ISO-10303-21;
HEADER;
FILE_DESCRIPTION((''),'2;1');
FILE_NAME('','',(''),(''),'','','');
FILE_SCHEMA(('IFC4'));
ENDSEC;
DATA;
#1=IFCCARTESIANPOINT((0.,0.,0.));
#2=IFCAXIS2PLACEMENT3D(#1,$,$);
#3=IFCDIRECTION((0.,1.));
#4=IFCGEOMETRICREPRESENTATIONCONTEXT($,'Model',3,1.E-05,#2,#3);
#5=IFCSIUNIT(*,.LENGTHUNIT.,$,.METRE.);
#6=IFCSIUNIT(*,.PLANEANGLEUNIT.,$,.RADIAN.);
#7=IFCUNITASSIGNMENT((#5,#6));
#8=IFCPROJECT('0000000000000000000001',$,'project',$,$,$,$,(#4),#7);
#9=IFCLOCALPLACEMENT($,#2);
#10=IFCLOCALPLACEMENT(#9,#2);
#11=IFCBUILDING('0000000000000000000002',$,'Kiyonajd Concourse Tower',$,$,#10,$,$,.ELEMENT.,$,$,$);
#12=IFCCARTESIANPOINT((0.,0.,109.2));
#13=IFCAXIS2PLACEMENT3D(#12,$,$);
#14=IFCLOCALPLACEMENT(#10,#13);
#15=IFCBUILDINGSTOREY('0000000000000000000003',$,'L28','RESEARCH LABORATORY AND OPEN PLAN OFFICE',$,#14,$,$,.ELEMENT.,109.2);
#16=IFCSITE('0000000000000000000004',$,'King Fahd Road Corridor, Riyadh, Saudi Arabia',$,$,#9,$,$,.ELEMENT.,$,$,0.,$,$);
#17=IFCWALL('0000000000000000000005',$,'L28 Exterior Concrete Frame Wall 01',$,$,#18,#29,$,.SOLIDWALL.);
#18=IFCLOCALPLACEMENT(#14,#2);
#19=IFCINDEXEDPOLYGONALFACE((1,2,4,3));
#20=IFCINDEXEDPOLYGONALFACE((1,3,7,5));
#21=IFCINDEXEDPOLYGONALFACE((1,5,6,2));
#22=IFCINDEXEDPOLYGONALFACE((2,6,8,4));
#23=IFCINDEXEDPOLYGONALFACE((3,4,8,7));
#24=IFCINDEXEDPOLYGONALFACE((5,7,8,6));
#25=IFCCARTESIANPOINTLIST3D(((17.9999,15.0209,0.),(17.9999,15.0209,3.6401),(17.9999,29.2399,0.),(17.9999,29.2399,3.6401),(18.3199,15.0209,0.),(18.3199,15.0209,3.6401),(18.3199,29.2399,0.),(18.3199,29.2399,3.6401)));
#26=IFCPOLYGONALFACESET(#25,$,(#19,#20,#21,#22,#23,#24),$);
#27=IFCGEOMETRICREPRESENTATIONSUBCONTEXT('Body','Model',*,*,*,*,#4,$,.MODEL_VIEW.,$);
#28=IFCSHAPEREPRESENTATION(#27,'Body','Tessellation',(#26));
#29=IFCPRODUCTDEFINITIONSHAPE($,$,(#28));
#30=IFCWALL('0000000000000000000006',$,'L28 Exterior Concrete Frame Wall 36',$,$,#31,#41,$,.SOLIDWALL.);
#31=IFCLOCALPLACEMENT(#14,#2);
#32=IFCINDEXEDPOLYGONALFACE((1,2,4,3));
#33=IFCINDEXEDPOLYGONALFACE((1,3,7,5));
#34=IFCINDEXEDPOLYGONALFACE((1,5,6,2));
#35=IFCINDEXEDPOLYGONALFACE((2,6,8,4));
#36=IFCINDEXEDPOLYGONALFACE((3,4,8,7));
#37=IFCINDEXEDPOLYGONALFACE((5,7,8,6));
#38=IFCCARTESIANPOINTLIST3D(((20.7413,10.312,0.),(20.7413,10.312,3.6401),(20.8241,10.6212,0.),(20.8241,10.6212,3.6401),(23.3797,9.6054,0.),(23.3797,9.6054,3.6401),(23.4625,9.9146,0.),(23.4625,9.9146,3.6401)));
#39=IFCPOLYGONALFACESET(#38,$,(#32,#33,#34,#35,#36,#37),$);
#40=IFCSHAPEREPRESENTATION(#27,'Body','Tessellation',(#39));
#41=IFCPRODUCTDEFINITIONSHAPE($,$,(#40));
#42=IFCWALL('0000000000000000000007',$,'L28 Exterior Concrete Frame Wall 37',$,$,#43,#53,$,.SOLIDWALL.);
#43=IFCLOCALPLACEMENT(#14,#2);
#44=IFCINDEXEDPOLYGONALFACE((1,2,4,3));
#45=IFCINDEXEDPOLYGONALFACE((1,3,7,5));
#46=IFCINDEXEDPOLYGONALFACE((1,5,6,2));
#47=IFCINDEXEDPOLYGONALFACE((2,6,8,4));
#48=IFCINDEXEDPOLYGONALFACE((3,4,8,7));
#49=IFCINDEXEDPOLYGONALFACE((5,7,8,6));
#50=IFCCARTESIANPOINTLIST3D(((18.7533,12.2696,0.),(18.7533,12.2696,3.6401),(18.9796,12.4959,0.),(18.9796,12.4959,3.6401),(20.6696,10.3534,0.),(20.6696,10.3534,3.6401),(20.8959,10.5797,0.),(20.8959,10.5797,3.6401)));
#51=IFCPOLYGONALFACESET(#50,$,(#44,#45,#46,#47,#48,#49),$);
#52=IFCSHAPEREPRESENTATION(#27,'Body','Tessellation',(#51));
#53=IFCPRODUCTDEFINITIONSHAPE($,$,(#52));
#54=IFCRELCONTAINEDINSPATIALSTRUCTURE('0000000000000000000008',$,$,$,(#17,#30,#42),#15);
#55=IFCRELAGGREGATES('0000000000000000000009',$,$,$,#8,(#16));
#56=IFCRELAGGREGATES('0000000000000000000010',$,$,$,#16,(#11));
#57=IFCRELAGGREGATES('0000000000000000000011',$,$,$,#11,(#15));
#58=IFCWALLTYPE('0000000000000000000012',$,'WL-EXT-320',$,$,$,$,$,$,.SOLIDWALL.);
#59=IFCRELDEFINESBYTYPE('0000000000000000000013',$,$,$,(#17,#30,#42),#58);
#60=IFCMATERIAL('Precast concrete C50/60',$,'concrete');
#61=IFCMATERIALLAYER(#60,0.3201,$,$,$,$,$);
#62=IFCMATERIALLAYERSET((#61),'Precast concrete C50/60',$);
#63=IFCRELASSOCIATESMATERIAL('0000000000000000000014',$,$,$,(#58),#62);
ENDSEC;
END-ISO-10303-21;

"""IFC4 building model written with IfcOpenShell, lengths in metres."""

from ifc_helpers import new_model, si_unit, direction, frame, frame_2d, origin, place, context, subcontext, project, spatial, rectangle, extrude, material, layer, layer_set, type_object, element, save


model = new_model("IFC4")

# Units and contexts
model_context = context("Model", 3, precision=1e-05, world=origin(), true_north=direction((0.0, 1.0)))
body_context = subcontext(model_context, "Body", "Model", "MODEL_VIEW")
ifc_project = project(units=[si_unit("LENGTHUNIT", "METRE"), si_unit("PLANEANGLEUNIT", "RADIAN")], contexts=[model_context])

# Site, building, storey
site_placement = place(None, origin())
site = spatial("IfcSite", under=ifc_project, at=site_placement, Name="King Fahd Road Corridor, Riyadh, Saudi Arabia", CompositionType="ELEMENT", RefElevation=0.0)
building_placement = place(site_placement, origin())
building = spatial("IfcBuilding", under=site, at=building_placement, Name="Kiyonajd Concourse Tower", CompositionType="ELEMENT")
storey_placement = place(building_placement, frame((0.0, 0.0, 109.2)))
storey = spatial("IfcBuildingStorey", under=building, at=storey_placement, Name="L28", Description="RESEARCH LABORATORY AND OPEN PLAN OFFICE", CompositionType="ELEMENT", Elevation=109.2)

# Shared definitions
ifc_material_1 = material(Name="Precast concrete C50/60", Category="concrete")

# Walls
ifc_layer_1 = layer(ifc_material_1, 0.3201)
ifc_layer_set_1 = layer_set([ifc_layer_1], Name="Precast concrete C50/60")
wall_type_1 = type_object("IfcWallType", Name="WL-EXT-320", PredefinedType="SOLIDWALL", material=ifc_layer_set_1)
wall_1_placement = place(storey_placement, frame((18.1599, 15.021, 0.0), z_axis=(0.0, 0.0, 1.0), x_axis=(0.0, 1.0, 0.0)))
element("IfcWall", 1, at=wall_1_placement, inside=storey, type_object=wall_type_1, Name="L28 Exterior Concrete Frame Wall 01", PredefinedType="SOLIDWALL", context=body_context, shape_type="SweptSolid", body=[
    extrude(rectangle(XDim=14.219, YDim=0.3201, at=frame_2d((7.1094, 0.0))), origin(), (0.0, 0.0, 1.0), 3.6401),
])
wall_2_placement = place(storey_placement, frame((23.4211, 9.76, 0.0), z_axis=(0.0, 0.0, 1.0), x_axis=(-0.965964, 0.258675, 0.0)))
element("IfcWall", 2, at=wall_2_placement, inside=storey, type_object=wall_type_1, Name="L28 Exterior Concrete Frame Wall 36", PredefinedType="SOLIDWALL", context=body_context, shape_type="SweptSolid", body=[
    extrude(rectangle(XDim=2.7314, YDim=0.3201, at=frame_2d((1.3657, 0.0))), origin(), (0.0, 0.0, 1.0), 3.6401),
])
wall_3_placement = place(storey_placement, frame((20.7827, 10.4666, 0.0), z_axis=(0.0, 0.0, 1.0), x_axis=(-0.707107, 0.707107, 0.0)))
element("IfcWall", 3, at=wall_3_placement, inside=storey, type_object=wall_type_1, Name="L28 Exterior Concrete Frame Wall 37", PredefinedType="SOLIDWALL", context=body_context, shape_type="SweptSolid", body=[
    extrude(rectangle(XDim=2.71, YDim=0.3201, at=frame_2d((1.355, 0.0))), origin(), (0.0, 0.0, 1.0), 3.6401),
])

save(model, "model.ifc")
